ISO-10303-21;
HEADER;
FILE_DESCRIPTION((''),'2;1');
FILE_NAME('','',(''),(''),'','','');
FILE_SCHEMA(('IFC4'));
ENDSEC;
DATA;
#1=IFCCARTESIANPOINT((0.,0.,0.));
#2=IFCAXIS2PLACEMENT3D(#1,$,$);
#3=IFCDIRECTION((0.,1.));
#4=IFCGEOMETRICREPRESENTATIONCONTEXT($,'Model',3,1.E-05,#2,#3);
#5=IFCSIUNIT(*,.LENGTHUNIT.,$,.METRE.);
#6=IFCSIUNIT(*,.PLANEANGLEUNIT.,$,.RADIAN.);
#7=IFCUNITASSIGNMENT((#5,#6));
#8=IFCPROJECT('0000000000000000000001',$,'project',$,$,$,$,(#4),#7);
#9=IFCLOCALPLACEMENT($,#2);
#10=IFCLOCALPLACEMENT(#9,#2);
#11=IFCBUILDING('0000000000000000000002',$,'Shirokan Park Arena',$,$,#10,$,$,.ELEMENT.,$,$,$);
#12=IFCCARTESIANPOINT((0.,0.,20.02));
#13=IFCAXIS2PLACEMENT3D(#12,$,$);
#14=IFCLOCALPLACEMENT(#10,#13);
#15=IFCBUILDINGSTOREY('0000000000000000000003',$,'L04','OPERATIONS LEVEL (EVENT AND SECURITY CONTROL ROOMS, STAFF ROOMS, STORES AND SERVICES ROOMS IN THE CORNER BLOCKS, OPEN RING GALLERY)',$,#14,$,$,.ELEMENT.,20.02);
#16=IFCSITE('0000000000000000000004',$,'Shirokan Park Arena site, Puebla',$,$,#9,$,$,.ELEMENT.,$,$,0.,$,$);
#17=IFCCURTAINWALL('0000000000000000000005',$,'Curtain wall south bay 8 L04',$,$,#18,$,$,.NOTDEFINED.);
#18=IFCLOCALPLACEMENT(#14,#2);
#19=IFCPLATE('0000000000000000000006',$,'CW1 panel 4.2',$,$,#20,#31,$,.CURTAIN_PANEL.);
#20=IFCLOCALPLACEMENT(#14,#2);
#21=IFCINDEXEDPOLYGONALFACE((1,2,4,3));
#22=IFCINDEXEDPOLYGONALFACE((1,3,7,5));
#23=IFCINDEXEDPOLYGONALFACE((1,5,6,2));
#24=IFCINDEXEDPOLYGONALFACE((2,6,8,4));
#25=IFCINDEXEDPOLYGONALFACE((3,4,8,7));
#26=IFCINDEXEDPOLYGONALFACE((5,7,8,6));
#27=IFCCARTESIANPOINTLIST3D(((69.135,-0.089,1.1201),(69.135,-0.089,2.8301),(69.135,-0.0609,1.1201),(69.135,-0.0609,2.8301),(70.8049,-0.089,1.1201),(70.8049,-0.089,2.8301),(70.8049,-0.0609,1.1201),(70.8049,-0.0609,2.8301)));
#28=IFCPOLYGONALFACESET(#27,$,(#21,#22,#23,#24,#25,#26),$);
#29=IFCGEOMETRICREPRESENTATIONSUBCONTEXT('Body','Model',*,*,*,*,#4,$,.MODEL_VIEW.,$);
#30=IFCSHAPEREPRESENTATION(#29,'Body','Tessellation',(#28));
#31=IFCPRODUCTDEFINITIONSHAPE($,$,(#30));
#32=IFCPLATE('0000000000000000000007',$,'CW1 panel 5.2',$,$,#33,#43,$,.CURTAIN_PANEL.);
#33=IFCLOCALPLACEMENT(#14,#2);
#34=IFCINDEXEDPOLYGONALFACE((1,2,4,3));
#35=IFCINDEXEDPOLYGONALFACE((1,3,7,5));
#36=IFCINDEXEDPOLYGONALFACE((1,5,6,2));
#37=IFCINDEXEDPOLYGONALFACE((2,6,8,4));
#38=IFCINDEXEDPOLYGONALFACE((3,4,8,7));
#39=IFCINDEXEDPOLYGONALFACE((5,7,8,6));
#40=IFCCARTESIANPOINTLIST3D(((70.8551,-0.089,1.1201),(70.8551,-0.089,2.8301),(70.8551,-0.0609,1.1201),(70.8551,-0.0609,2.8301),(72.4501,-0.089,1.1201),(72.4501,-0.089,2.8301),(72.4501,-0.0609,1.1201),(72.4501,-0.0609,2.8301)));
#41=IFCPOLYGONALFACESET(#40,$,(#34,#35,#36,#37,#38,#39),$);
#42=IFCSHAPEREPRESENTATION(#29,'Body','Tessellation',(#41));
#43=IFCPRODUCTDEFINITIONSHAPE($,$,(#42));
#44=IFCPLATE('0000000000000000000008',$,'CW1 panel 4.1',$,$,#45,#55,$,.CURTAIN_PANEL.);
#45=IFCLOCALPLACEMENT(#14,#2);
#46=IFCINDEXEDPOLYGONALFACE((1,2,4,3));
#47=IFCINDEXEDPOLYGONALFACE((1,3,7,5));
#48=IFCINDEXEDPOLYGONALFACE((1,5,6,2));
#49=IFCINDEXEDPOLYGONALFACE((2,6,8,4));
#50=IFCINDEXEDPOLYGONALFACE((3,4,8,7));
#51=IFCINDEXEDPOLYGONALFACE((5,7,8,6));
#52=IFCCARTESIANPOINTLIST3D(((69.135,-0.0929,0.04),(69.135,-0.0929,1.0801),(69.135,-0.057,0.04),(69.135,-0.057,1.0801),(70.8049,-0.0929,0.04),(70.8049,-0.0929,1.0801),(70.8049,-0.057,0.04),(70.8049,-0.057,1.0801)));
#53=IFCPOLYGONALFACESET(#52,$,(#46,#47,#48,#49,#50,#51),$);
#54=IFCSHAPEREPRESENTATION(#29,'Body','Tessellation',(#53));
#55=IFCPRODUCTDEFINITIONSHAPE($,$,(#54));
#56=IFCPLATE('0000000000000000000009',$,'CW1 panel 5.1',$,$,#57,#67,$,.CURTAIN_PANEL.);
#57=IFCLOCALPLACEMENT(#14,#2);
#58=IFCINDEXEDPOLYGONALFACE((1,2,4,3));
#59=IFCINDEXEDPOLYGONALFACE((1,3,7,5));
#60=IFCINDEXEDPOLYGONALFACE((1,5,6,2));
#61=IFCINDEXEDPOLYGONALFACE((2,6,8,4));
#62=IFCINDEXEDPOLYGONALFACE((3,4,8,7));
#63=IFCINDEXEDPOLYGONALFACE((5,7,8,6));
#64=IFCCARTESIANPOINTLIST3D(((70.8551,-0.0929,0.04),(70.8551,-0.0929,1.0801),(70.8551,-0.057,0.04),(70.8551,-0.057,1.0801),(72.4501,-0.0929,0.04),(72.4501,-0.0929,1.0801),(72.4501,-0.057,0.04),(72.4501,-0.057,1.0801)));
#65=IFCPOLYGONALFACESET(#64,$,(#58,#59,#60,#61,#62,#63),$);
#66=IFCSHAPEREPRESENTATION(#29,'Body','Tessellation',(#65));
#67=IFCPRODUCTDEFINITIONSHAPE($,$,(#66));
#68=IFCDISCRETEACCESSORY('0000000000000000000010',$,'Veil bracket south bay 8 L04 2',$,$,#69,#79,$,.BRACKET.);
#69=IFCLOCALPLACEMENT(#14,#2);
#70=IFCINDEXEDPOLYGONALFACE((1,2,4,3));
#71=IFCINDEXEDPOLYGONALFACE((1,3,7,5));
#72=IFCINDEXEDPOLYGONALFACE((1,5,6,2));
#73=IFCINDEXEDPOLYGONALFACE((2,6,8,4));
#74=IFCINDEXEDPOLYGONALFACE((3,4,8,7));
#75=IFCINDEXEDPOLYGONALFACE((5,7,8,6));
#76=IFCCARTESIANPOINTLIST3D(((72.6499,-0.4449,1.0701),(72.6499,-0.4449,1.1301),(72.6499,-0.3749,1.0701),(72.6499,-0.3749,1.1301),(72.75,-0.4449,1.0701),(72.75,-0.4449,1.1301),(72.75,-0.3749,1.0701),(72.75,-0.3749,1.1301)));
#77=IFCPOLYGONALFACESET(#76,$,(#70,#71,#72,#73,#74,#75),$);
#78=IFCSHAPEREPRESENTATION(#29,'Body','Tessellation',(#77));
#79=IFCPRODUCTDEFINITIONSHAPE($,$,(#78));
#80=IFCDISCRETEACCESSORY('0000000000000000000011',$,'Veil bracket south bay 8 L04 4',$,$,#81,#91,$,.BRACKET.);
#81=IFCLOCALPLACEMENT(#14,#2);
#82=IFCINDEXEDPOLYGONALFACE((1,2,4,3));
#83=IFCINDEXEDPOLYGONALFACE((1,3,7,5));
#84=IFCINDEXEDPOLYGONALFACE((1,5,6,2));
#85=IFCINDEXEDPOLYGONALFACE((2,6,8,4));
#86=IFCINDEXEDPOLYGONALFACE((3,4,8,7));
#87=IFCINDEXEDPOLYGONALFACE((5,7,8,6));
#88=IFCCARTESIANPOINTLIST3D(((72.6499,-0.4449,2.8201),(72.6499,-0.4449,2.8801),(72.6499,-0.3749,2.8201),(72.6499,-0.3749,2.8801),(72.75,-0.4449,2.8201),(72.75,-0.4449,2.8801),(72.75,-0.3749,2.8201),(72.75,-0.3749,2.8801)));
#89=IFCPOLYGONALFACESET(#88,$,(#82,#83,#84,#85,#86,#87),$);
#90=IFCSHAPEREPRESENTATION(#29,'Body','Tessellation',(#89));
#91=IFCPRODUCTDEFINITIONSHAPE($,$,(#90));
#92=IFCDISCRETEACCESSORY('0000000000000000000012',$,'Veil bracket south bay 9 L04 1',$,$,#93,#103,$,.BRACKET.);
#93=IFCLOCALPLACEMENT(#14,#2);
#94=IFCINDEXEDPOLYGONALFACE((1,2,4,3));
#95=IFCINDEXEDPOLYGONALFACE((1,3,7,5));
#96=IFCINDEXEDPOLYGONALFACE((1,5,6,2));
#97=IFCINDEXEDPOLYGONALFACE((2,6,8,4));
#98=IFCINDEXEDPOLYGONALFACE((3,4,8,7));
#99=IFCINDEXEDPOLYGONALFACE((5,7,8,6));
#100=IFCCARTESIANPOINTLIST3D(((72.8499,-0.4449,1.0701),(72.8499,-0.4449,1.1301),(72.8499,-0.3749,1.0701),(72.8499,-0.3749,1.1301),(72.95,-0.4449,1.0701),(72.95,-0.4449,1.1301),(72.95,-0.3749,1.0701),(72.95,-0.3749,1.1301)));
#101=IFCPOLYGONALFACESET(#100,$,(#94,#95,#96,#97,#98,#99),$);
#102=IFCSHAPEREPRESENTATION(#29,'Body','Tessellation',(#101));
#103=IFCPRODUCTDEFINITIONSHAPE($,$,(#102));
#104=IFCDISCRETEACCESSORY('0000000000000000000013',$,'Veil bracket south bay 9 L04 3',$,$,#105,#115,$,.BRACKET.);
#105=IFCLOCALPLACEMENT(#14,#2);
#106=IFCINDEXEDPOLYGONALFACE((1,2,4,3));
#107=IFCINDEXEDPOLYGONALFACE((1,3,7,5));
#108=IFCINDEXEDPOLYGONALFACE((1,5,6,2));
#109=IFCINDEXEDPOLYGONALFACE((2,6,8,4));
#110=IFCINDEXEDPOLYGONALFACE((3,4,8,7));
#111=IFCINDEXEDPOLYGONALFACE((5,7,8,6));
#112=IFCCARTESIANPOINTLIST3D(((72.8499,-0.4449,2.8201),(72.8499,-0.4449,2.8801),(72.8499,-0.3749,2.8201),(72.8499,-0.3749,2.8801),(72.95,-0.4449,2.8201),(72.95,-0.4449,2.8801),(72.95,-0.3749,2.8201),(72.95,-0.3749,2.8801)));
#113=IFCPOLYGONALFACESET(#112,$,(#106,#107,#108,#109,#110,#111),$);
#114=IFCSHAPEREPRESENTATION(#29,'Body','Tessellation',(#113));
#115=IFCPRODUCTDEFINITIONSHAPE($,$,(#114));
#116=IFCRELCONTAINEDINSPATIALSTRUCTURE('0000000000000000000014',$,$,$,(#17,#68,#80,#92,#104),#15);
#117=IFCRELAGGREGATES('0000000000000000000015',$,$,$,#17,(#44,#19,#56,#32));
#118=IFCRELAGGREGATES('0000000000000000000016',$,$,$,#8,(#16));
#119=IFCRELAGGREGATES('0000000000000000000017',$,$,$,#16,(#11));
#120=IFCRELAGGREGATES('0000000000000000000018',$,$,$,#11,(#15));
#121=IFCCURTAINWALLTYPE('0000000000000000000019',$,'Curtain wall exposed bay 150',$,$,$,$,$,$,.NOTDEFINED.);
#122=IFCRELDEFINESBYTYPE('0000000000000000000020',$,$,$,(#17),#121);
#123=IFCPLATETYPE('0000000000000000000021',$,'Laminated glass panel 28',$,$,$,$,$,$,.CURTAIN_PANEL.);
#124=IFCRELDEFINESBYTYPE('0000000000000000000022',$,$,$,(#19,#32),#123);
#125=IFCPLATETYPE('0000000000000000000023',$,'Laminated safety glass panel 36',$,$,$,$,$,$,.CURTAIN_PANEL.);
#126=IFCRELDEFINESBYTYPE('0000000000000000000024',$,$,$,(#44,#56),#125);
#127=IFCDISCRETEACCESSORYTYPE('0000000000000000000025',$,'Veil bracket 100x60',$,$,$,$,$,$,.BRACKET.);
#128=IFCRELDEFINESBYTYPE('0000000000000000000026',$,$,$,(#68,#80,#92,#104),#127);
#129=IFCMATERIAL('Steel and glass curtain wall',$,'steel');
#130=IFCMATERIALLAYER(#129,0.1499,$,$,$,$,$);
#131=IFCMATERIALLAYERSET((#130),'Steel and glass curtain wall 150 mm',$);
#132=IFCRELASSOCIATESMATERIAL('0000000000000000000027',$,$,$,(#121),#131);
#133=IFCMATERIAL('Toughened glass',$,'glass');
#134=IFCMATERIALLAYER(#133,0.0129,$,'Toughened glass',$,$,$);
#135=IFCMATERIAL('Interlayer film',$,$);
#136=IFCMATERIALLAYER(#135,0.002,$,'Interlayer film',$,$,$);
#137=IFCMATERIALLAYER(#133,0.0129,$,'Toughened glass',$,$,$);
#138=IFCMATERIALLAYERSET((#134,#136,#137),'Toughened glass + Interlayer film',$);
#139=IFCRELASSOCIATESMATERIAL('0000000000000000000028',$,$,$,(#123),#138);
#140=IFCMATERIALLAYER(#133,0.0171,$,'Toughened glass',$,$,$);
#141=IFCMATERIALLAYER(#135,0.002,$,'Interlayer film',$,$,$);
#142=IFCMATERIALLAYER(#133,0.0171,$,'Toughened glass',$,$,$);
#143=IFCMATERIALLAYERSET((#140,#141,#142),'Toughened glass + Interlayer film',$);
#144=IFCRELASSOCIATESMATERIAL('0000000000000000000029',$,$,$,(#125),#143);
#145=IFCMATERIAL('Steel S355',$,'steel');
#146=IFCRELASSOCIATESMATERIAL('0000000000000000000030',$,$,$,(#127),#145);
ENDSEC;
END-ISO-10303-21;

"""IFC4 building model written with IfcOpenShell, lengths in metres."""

from ifc_helpers import new_model, si_unit, direction, frame, origin, origin_2d, place, context, subcontext, project, spatial, rectangle, extrude, material, layer, layer_set, type_object, element, aggregate, save


model = new_model("IFC4")

# Units and contexts
model_context = context("Model", 3, precision=1e-05, world=origin(), true_north=direction((0.0, 1.0)))
body_context = subcontext(model_context, "Body", "Model", "MODEL_VIEW")
ifc_project = project(units=[si_unit("LENGTHUNIT", "METRE"), si_unit("PLANEANGLEUNIT", "RADIAN")], contexts=[model_context])

# Site, building, storey
site_placement = place(None, origin())
site = spatial("IfcSite", under=ifc_project, at=site_placement, Name="Shirokan Park Arena site, Puebla", CompositionType="ELEMENT", RefElevation=0.0)
building_placement = place(site_placement, origin())
building = spatial("IfcBuilding", under=site, at=building_placement, Name="Shirokan Park Arena", CompositionType="ELEMENT")
storey_placement = place(building_placement, frame((0.0, 0.0, 20.02)))
storey = spatial("IfcBuildingStorey", under=building, at=storey_placement, Name="L04", Description="OPERATIONS LEVEL (EVENT AND SECURITY CONTROL ROOMS, STAFF ROOMS, STORES AND SERVICES ROOMS IN THE CORNER BLOCKS, OPEN RING GALLERY)", CompositionType="ELEMENT", Elevation=20.02)

# Curtain wall, plates
ifc_material_1 = material(Name="Steel and glass curtain wall", Category="steel")
ifc_layer_1 = layer(ifc_material_1, 0.1499)
ifc_layer_set_1 = layer_set([ifc_layer_1], Name="Steel and glass curtain wall 150 mm")
curtain_wall_type = type_object("IfcCurtainWallType", Name="Curtain wall exposed bay 150", PredefinedType="NOTDEFINED", material=ifc_layer_set_1)
curtain_wall_placement = place(storey_placement, origin())
curtain_wall = element("IfcCurtainWall", 1, at=curtain_wall_placement, inside=storey, type_object=curtain_wall_type, Name="Curtain wall south bay 8 L04", PredefinedType="NOTDEFINED")
ifc_material_2 = material(Name="Steel S355", Category="steel")
ifc_material_3 = material(Name="Toughened glass", Category="glass")
ifc_layer_2 = layer(ifc_material_3, 0.0129, Name="Toughened glass")
ifc_material_4 = material(Name="Interlayer film")
ifc_layer_3 = layer(ifc_material_4, 0.002, Name="Interlayer film")
ifc_layer_4 = layer(ifc_material_3, 0.0129, Name="Toughened glass")
ifc_layer_set_2 = layer_set([ifc_layer_2, ifc_layer_3, ifc_layer_4], Name="Toughened glass + Interlayer film")
plate_type_1 = type_object("IfcPlateType", Name="Laminated glass panel 28", PredefinedType="CURTAIN_PANEL", material=ifc_layer_set_2)
plate_1_placement = place(storey_placement, frame((69.97, -0.075, 1.1201), z_axis=(0.0, 0.0, 1.0), x_axis=(1.0, 0.0, 0.0)))
plate_1 = element("IfcPlate", 2, at=plate_1_placement, type_object=plate_type_1, Name="CW1 panel 4.2", PredefinedType="CURTAIN_PANEL", context=body_context, shape_type="SweptSolid", body=[
    extrude(rectangle(XDim=1.6699, YDim=0.0281, at=origin_2d()), origin(), (0.0, 0.0, 1.0), 1.71),
])
plate_2_placement = place(storey_placement, frame((71.6526, -0.075, 1.1201), z_axis=(0.0, 0.0, 1.0), x_axis=(1.0, 0.0, 0.0)))
plate_2 = element("IfcPlate", 3, at=plate_2_placement, type_object=plate_type_1, Name="CW1 panel 5.2", PredefinedType="CURTAIN_PANEL", context=body_context, shape_type="SweptSolid", body=[
    extrude(rectangle(XDim=1.595, YDim=0.0281, at=origin_2d()), origin(), (0.0, 0.0, 1.0), 1.71),
])
ifc_layer_5 = layer(ifc_material_3, 0.0171, Name="Toughened glass")
ifc_layer_6 = layer(ifc_material_4, 0.002, Name="Interlayer film")
ifc_layer_7 = layer(ifc_material_3, 0.0171, Name="Toughened glass")
ifc_layer_set_3 = layer_set([ifc_layer_5, ifc_layer_6, ifc_layer_7], Name="Toughened glass + Interlayer film")
plate_type_2 = type_object("IfcPlateType", Name="Laminated safety glass panel 36", PredefinedType="CURTAIN_PANEL", material=ifc_layer_set_3)
plate_3_placement = place(storey_placement, frame((69.97, -0.075, 0.04), z_axis=(0.0, 0.0, 1.0), x_axis=(1.0, 0.0, 0.0)))
plate_3 = element("IfcPlate", 4, at=plate_3_placement, type_object=plate_type_2, Name="CW1 panel 4.1", PredefinedType="CURTAIN_PANEL", context=body_context, shape_type="SweptSolid", body=[
    extrude(rectangle(XDim=1.6699, YDim=0.0359, at=origin_2d()), origin(), (0.0, 0.0, 1.0), 1.04),
])
plate_4_placement = place(storey_placement, frame((71.6526, -0.075, 0.04), z_axis=(0.0, 0.0, 1.0), x_axis=(1.0, 0.0, 0.0)))
plate_4 = element("IfcPlate", 5, at=plate_4_placement, type_object=plate_type_2, Name="CW1 panel 5.1", PredefinedType="CURTAIN_PANEL", context=body_context, shape_type="SweptSolid", body=[
    extrude(rectangle(XDim=1.595, YDim=0.0359, at=origin_2d()), origin(), (0.0, 0.0, 1.0), 1.04),
])
aggregate(curtain_wall, [plate_3, plate_1, plate_4, plate_2])

# Discrete accessories
discrete_accessory_type = type_object("IfcDiscreteAccessoryType", Name="Veil bracket 100x60", PredefinedType="BRACKET", material=ifc_material_2)
for number, where, z_axis, x_axis, name in (
    (6, (72.7, -0.4099, 1.0701), (0.0, 0.0, 1.0), (1.0, 0.0, 0.0), "Veil bracket south bay 8 L04 2"),
    (7, (72.7, -0.4099, 2.8201), (0.0, 0.0, 1.0), (1.0, 0.0, 0.0), "Veil bracket south bay 8 L04 4"),
    (8, (72.8999, -0.4099, 1.0701), (0.0, 0.0, 1.0), (1.0, 0.0, 0.0), "Veil bracket south bay 9 L04 1"),
    (9, (72.8999, -0.4099, 2.8201), (0.0, 0.0, 1.0), (1.0, 0.0, 0.0), "Veil bracket south bay 9 L04 3"),
):
    element("IfcDiscreteAccessory", number, at=place(storey_placement, frame(where, z_axis=z_axis, x_axis=x_axis)), inside=storey, type_object=discrete_accessory_type, Name=name, PredefinedType="BRACKET", context=body_context, shape_type="SweptSolid", body=[
        extrude(rectangle(XDim=0.1001, YDim=0.0701, at=origin_2d()), origin(), (0.0, 0.0, 1.0), 0.0601),
    ])

save(model, "model.ifc")
